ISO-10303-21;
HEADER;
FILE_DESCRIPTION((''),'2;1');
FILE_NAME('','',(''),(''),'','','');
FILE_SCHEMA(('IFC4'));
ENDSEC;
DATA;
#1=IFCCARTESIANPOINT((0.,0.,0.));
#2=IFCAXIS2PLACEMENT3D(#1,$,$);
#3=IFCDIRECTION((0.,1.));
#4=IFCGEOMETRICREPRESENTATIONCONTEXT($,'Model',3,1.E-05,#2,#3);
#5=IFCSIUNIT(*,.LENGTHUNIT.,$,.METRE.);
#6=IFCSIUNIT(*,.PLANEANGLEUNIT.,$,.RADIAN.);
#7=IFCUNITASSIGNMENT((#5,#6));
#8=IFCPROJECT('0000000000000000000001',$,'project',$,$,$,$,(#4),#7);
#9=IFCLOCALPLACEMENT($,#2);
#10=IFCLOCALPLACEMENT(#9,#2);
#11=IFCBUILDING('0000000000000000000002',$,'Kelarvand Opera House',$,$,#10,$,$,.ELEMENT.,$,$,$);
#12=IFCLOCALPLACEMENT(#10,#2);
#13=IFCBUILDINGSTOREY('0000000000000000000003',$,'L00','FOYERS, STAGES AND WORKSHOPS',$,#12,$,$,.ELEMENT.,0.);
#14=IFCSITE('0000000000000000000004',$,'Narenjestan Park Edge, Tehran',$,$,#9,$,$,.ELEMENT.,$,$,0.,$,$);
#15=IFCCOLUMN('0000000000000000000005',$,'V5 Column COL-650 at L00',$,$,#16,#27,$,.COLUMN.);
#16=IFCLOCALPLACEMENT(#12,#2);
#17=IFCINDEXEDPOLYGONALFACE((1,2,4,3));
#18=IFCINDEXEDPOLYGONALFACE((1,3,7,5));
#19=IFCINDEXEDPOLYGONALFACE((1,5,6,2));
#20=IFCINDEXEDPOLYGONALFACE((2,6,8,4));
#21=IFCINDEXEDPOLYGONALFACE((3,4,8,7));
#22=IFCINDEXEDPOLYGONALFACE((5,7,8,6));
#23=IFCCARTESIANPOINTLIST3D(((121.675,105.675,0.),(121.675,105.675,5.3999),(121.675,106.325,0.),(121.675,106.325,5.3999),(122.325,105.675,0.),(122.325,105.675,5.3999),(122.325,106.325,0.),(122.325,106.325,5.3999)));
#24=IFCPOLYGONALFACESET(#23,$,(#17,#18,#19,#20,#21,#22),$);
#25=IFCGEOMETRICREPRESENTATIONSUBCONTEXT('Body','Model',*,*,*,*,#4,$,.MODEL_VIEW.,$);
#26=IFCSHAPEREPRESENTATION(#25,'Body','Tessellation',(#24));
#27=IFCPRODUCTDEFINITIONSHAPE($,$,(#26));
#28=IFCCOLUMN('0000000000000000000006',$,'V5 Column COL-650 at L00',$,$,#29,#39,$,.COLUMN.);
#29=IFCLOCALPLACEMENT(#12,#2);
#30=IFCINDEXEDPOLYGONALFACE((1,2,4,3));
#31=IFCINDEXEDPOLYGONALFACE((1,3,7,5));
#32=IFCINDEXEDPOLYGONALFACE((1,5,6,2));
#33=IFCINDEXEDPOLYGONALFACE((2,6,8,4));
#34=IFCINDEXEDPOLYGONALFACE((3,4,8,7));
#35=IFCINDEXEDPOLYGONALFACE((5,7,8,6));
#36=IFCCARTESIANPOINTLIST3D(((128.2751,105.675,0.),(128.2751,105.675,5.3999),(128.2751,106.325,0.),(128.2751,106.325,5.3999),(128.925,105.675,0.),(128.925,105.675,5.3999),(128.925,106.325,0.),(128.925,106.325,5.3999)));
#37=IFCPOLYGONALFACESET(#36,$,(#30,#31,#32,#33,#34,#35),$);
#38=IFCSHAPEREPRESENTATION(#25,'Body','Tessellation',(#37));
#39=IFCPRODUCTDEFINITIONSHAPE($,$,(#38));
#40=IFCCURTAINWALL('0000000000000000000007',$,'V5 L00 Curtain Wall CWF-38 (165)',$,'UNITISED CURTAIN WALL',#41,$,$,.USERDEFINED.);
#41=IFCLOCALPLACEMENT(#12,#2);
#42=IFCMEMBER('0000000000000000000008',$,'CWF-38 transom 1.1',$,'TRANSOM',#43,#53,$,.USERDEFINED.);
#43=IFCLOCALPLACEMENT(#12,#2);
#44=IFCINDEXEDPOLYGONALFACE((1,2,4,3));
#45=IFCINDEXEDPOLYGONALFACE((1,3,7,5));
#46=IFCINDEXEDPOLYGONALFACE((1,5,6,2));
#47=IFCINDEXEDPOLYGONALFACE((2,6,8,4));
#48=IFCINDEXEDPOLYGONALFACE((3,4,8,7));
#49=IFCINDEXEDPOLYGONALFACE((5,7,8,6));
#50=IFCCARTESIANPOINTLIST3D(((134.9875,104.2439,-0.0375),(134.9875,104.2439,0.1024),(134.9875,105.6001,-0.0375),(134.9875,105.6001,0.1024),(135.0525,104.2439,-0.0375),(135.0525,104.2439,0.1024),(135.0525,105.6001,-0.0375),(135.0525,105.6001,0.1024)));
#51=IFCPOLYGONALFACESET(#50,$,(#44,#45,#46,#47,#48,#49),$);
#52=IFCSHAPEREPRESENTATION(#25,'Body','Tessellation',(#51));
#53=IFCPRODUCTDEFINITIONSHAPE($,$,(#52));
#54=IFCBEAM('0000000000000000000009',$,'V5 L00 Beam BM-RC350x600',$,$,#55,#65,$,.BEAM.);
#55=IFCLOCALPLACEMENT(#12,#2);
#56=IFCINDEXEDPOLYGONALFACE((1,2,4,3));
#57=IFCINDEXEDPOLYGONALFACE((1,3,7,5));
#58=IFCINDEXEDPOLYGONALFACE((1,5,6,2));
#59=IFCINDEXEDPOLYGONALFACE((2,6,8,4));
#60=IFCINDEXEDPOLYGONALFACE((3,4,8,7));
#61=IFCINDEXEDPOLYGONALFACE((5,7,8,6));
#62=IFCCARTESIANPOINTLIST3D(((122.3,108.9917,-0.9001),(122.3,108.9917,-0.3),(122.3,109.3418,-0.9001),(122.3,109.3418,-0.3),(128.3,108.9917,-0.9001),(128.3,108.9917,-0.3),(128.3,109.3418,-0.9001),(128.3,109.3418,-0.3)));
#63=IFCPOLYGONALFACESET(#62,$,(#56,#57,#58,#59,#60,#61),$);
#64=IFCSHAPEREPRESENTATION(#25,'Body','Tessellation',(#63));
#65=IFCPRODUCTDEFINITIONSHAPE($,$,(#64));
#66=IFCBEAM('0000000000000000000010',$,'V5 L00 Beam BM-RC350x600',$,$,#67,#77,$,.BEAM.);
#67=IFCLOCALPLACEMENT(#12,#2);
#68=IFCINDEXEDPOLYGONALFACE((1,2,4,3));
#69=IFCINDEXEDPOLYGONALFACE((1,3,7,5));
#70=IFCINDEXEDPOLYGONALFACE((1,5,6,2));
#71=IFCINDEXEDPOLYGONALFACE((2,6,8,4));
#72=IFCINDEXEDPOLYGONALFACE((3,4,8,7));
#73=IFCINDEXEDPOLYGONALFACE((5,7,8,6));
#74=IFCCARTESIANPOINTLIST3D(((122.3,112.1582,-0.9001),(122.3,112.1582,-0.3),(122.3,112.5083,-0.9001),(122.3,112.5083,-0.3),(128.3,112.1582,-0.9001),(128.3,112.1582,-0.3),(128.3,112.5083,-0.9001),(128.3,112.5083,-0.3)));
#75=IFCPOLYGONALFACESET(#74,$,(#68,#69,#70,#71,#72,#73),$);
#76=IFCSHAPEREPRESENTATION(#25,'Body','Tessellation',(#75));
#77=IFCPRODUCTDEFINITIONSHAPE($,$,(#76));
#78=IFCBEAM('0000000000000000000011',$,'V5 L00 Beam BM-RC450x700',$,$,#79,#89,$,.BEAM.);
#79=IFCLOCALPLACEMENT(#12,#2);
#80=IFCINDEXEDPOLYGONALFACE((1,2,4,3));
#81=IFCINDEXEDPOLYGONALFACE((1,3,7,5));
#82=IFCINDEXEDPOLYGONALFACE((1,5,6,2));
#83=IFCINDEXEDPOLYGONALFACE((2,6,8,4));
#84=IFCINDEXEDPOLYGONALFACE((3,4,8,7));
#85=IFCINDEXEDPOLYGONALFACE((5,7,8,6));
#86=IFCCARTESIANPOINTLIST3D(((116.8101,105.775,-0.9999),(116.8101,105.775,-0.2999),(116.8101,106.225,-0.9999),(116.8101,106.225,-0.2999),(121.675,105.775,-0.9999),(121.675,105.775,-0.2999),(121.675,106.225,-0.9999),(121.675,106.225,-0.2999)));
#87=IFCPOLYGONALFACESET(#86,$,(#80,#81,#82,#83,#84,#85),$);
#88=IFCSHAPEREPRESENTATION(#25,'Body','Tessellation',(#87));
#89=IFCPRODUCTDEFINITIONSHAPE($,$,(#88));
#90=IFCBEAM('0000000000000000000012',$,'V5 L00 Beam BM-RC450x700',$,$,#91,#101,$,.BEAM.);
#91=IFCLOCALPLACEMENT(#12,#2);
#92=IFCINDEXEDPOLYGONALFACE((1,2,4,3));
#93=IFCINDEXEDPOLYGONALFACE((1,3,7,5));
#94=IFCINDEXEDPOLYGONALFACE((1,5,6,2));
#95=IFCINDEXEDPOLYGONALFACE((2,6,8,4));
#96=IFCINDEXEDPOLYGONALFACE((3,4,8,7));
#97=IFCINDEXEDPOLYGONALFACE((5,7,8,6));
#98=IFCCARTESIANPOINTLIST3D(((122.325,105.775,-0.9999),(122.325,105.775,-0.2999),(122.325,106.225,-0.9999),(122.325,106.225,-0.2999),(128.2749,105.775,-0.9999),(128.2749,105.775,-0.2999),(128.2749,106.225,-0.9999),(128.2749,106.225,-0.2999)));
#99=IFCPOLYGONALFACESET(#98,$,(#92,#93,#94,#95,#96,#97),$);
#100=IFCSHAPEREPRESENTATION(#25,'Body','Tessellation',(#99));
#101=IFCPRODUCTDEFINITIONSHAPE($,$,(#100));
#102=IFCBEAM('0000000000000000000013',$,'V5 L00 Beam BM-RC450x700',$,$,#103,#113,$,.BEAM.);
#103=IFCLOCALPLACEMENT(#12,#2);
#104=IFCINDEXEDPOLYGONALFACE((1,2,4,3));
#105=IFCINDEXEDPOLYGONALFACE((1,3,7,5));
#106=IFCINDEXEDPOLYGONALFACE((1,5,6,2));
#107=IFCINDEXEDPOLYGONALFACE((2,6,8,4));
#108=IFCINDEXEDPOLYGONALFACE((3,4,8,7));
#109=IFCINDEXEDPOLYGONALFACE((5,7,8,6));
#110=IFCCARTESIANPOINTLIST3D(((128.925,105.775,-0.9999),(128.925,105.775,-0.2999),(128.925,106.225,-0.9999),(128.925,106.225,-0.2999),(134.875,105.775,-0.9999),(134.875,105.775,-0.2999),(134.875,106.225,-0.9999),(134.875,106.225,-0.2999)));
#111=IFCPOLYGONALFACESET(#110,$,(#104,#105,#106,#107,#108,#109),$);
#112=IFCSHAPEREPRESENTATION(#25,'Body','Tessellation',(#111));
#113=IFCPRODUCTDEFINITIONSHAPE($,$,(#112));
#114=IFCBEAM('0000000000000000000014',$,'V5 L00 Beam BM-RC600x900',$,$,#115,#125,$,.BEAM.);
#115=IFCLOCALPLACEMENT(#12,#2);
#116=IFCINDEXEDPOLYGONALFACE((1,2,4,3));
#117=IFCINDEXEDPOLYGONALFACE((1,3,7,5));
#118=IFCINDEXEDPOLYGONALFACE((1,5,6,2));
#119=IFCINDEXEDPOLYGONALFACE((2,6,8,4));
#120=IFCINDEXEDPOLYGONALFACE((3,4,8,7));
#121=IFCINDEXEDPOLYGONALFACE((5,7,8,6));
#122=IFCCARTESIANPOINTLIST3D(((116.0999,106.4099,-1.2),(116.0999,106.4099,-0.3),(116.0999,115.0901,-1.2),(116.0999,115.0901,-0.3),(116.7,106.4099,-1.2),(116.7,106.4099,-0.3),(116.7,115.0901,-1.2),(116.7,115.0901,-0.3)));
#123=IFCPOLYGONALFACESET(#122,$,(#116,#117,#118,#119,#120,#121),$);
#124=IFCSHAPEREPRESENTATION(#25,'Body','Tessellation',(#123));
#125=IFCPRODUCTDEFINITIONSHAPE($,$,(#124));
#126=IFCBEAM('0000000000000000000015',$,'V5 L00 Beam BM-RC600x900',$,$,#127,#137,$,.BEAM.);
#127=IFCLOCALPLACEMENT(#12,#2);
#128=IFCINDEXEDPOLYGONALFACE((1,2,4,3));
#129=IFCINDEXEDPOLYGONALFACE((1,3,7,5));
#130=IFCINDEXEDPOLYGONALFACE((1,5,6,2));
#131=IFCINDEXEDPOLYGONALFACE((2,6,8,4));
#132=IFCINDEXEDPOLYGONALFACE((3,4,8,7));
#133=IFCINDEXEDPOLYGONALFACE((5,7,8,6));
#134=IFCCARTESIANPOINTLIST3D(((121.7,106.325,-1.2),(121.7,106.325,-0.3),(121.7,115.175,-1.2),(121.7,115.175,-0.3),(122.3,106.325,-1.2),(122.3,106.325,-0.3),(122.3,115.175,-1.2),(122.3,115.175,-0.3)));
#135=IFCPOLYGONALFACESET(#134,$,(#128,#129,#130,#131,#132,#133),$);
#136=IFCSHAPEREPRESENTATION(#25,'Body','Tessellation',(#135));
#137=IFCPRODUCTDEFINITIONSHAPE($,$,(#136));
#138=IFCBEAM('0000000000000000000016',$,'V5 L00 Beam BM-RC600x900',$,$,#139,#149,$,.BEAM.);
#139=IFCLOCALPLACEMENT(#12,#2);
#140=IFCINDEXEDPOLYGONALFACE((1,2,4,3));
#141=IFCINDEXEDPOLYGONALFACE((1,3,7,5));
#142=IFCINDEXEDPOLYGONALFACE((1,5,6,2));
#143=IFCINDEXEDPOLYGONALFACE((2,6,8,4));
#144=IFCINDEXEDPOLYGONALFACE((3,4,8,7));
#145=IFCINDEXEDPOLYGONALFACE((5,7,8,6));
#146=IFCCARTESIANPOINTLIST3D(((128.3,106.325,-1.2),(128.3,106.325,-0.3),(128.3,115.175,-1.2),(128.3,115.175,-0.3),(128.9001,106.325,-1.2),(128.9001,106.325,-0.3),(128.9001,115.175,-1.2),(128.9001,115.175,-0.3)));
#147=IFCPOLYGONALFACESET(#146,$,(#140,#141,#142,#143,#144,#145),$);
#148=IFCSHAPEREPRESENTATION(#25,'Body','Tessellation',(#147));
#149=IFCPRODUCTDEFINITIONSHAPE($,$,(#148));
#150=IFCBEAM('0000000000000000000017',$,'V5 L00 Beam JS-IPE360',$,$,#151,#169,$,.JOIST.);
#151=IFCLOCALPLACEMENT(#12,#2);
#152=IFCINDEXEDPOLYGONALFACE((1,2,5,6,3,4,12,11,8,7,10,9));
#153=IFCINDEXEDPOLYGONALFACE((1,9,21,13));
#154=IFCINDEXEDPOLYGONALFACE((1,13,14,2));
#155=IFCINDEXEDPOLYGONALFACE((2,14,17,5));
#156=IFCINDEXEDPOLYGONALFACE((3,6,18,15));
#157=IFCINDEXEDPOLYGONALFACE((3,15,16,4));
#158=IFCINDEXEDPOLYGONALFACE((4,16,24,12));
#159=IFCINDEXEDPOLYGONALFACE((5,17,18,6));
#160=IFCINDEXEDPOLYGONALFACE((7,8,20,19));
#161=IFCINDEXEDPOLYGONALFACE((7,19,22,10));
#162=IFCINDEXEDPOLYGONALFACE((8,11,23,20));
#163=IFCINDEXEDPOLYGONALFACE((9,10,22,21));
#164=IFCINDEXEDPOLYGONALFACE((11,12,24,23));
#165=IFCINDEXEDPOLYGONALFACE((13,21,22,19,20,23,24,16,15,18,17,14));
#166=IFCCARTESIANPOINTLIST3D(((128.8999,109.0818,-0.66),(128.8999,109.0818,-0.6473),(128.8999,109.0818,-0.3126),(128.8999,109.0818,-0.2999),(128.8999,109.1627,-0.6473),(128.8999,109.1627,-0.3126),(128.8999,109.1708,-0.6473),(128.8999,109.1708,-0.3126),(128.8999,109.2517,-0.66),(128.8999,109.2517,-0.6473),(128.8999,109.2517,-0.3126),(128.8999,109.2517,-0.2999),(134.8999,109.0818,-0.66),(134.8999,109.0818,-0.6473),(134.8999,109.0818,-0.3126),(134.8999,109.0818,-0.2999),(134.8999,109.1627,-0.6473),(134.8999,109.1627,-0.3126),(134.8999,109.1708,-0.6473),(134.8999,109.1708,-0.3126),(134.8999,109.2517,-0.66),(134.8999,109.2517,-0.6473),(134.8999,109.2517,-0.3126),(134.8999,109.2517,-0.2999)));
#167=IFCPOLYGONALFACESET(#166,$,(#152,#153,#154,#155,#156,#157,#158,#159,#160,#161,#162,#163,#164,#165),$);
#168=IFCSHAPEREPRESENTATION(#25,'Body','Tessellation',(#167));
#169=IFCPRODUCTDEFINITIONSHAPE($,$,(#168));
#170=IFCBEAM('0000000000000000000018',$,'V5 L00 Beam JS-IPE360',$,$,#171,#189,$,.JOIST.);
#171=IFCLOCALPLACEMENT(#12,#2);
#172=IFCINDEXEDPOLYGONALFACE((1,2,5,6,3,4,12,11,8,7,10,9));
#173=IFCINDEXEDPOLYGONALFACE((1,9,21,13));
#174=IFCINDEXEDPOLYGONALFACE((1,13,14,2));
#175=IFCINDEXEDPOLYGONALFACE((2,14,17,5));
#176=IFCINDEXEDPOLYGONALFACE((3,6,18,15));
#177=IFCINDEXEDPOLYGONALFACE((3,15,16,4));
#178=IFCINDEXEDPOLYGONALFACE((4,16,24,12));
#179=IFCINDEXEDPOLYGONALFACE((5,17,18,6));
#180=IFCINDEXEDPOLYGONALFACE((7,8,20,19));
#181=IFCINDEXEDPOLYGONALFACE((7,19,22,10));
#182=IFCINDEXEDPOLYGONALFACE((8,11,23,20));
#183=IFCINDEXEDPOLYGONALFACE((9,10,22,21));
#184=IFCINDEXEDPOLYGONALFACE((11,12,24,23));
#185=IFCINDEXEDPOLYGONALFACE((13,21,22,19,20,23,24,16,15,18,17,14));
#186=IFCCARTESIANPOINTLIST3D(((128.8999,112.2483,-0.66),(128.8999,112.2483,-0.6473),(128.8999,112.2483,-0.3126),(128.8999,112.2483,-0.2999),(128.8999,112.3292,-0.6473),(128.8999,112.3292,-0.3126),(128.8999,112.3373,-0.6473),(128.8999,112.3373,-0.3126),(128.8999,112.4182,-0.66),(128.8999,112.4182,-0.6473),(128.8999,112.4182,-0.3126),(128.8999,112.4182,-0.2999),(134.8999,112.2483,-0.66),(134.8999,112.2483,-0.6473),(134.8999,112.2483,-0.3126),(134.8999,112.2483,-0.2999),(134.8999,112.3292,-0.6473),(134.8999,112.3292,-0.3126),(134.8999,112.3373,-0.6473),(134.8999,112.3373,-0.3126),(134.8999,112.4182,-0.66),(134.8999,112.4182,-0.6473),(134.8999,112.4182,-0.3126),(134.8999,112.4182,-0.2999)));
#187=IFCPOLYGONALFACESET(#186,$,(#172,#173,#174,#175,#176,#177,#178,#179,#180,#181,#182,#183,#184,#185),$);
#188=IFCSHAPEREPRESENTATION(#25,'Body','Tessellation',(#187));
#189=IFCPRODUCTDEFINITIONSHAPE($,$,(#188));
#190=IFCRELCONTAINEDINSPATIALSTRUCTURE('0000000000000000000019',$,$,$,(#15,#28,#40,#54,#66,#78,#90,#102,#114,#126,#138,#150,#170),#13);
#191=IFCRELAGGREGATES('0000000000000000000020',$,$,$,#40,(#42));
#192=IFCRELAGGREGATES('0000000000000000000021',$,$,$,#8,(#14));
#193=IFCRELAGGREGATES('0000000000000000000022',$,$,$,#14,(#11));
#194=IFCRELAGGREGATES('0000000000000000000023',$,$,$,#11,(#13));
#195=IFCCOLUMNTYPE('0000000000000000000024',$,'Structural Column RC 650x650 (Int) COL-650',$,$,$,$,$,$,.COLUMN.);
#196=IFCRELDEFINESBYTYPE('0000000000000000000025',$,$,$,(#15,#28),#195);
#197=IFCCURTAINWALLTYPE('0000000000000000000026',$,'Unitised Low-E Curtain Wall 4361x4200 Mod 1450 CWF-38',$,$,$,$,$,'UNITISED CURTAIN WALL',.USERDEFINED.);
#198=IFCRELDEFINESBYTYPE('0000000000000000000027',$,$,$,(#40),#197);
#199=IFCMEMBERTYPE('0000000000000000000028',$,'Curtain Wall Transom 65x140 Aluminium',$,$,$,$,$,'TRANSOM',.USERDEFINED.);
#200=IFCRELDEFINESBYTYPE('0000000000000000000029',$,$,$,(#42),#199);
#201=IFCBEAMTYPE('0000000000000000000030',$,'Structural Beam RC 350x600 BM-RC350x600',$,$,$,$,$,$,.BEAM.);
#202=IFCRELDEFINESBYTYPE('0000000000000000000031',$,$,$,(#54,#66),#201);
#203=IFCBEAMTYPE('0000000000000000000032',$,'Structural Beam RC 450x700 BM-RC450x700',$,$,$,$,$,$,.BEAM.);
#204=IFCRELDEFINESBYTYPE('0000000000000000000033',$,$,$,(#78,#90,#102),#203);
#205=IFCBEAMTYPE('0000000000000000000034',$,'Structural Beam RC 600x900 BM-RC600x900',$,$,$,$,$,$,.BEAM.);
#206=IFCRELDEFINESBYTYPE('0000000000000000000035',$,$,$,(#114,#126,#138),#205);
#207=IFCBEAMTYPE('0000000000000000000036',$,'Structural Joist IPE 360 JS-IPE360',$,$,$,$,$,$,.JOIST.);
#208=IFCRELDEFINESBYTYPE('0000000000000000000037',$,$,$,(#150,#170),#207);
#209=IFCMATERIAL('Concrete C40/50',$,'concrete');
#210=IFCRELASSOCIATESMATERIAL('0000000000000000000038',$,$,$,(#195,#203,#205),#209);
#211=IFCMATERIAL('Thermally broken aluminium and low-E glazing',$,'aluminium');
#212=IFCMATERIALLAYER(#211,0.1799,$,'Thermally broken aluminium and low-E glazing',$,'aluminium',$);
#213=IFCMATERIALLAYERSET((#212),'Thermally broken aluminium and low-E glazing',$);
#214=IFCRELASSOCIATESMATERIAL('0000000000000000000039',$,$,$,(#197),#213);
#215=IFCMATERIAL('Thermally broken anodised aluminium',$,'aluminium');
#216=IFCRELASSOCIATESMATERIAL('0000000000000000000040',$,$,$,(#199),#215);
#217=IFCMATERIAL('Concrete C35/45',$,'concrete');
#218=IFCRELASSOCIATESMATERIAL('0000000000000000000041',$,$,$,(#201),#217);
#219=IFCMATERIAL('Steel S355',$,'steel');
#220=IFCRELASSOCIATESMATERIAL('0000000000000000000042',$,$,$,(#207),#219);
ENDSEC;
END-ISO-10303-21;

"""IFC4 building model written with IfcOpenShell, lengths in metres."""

from ifc_helpers import new_model, si_unit, direction, frame, origin, origin_2d, place, context, subcontext, project, spatial, rectangle, i_section, extrude, material, layer, layer_set, material_profile, profile_set, type_object, element, aggregate, save


model = new_model("IFC4")

# Units and contexts
model_context = context("Model", 3, precision=1e-05, world=origin(), true_north=direction((0.0, 1.0)))
body_context = subcontext(model_context, "Body", "Model", "MODEL_VIEW")
ifc_project = project(units=[si_unit("LENGTHUNIT", "METRE"), si_unit("PLANEANGLEUNIT", "RADIAN")], contexts=[model_context])

# Site, building, storey
site_placement = place(None, origin())
site = spatial("IfcSite", under=ifc_project, at=site_placement, Name="Narenjestan Park Edge, Tehran", CompositionType="ELEMENT", RefElevation=0.0)
building_placement = place(site_placement, origin())
building = spatial("IfcBuilding", under=site, at=building_placement, Name="Kelarvand Opera House", CompositionType="ELEMENT")
storey_placement = place(building_placement, origin())
storey = spatial("IfcBuildingStorey", under=building, at=storey_placement, Name="L00", Description="FOYERS, STAGES AND WORKSHOPS", CompositionType="ELEMENT", Elevation=0.0)

# Columns
ifc_material_1 = material(Name="Concrete C40/50", Category="concrete")
ifc_material_profile_1 = material_profile(ifc_material_1, rectangle(XDim=0.6499, YDim=0.6499, at=origin_2d()), Name="RC 650x650", Category="concrete")
ifc_profile_set_1 = profile_set([ifc_material_profile_1], Name="Concrete C40/50")
column_type = type_object("IfcColumnType", Name="Structural Column RC 650x650 (Int) COL-650", PredefinedType="COLUMN", material=ifc_profile_set_1)
for number, where, z_axis, x_axis, name in (
    (1, (122.0, 106.0, 0.0), (0.0, 0.0, 1.0), (1.0, 0.0, 0.0), "V5 Column COL-650 at L00"),
    (2, (128.6001, 106.0, 0.0), (0.0, 0.0, 1.0), (1.0, 0.0, 0.0), "V5 Column COL-650 at L00"),
):
    element("IfcColumn", number, at=place(storey_placement, frame(where, z_axis=z_axis, x_axis=x_axis)), inside=storey, type_object=column_type, Name=name, PredefinedType="COLUMN", context=body_context, shape_type="SweptSolid", body=[
        extrude(rectangle(XDim=0.6499, YDim=0.6499, at=origin_2d()), origin(), (0.0, 0.0, 1.0), 5.3999),
    ])

# Curtain wall, member
ifc_material_2 = material(Name="Thermally broken aluminium and low-E glazing", Category="aluminium")
ifc_layer_1 = layer(ifc_material_2, 0.1799, Name="Thermally broken aluminium and low-E glazing", Category="aluminium")
ifc_layer_set_1 = layer_set([ifc_layer_1], Name="Thermally broken aluminium and low-E glazing")
curtain_wall_type = type_object("IfcCurtainWallType", Name="Unitised Low-E Curtain Wall 4361x4200 Mod 1450 CWF-38", ElementType="UNITISED CURTAIN WALL", PredefinedType="USERDEFINED", material=ifc_layer_set_1)
curtain_wall_placement = place(storey_placement, origin())
curtain_wall = element("IfcCurtainWall", 3, at=curtain_wall_placement, inside=storey, type_object=curtain_wall_type, Name="V5 L00 Curtain Wall CWF-38 (165)", ObjectType="UNITISED CURTAIN WALL", PredefinedType="USERDEFINED")
ifc_material_3 = material(Name="Thermally broken anodised aluminium", Category="aluminium")
ifc_material_profile_2 = material_profile(ifc_material_3, rectangle(XDim=0.0649, YDim=0.1399, at=origin_2d()), Name="ALU TRANSOM 65x140", Category="aluminium")
ifc_profile_set_2 = profile_set([ifc_material_profile_2], Name="Thermally broken anodised aluminium")
member_type = type_object("IfcMemberType", Name="Curtain Wall Transom 65x140 Aluminium", ElementType="TRANSOM", PredefinedType="USERDEFINED", material=ifc_profile_set_2)
member_placement = place(storey_placement, frame((135.02, 105.6001, 0.0325), z_axis=(0.0, -1.0, 0.0), x_axis=(1.0, 0.0, 0.0)))
member = element("IfcMember", 4, at=member_placement, type_object=member_type, Name="CWF-38 transom 1.1", ObjectType="TRANSOM", PredefinedType="USERDEFINED", context=body_context, shape_type="SweptSolid", body=[
    extrude(rectangle(XDim=0.0649, YDim=0.1399, at=origin_2d()), origin(), (0.0, 0.0, 1.0), 1.3562),
])

# Beams
ifc_material_4 = material(Name="Concrete C35/45", Category="concrete")
ifc_material_profile_3 = material_profile(ifc_material_4, rectangle(XDim=0.3501, YDim=0.6001, at=origin_2d()), Name="RC 350x600", Category="concrete")
ifc_profile_set_3 = profile_set([ifc_material_profile_3], Name="Concrete C35/45")
beam_type_1 = type_object("IfcBeamType", Name="Structural Beam RC 350x600 BM-RC350x600", PredefinedType="BEAM", material=ifc_profile_set_3)
for number, where, z_axis, x_axis, name in (
    (5, (122.3, 109.1667, -0.6001), (1.0, 0.0, 0.0), (0.0, 1.0, 0.0), "V5 L00 Beam BM-RC350x600"),
    (6, (122.3, 112.3333, -0.6001), (1.0, 0.0, 0.0), (0.0, 1.0, 0.0), "V5 L00 Beam BM-RC350x600"),
):
    element("IfcBeam", number, at=place(storey_placement, frame(where, z_axis=z_axis, x_axis=x_axis)), inside=storey, type_object=beam_type_1, Name=name, PredefinedType="BEAM", context=body_context, shape_type="SweptSolid", body=[
        extrude(rectangle(XDim=0.3501, YDim=0.6001, at=origin_2d()), origin(), (0.0, 0.0, 1.0), 6.0),
    ])
ifc_material_profile_4 = material_profile(ifc_material_1, rectangle(XDim=0.45, YDim=0.7, at=origin_2d()), Name="RC 450x700", Category="concrete")
ifc_profile_set_4 = profile_set([ifc_material_profile_4], Name="Concrete C40/50")
beam_type_2 = type_object("IfcBeamType", Name="Structural Beam RC 450x700 BM-RC450x700", PredefinedType="BEAM", material=ifc_profile_set_4)
beam_1_placement = place(storey_placement, frame((116.8101, 106.0, -0.6499), z_axis=(1.0, 0.0, 0.0), x_axis=(0.0, 1.0, 0.0)))
element("IfcBeam", 7, at=beam_1_placement, inside=storey, type_object=beam_type_2, Name="V5 L00 Beam BM-RC450x700", PredefinedType="BEAM", context=body_context, shape_type="SweptSolid", body=[
    extrude(rectangle(XDim=0.45, YDim=0.7, at=origin_2d()), origin(), (0.0, 0.0, 1.0), 4.865),
])
for number, where, z_axis, x_axis, name in (
    (8, (122.325, 106.0, -0.6499), (1.0, 0.0, 0.0), (0.0, 1.0, 0.0), "V5 L00 Beam BM-RC450x700"),
    (9, (128.925, 106.0, -0.6499), (1.0, 0.0, 0.0), (0.0, 1.0, 0.0), "V5 L00 Beam BM-RC450x700"),
):
    element("IfcBeam", number, at=place(storey_placement, frame(where, z_axis=z_axis, x_axis=x_axis)), inside=storey, type_object=beam_type_2, Name=name, PredefinedType="BEAM", context=body_context, shape_type="SweptSolid", body=[
        extrude(rectangle(XDim=0.45, YDim=0.7, at=origin_2d()), origin(), (0.0, 0.0, 1.0), 5.95),
    ])
ifc_material_profile_5 = material_profile(ifc_material_1, rectangle(XDim=0.6001, YDim=0.8999, at=origin_2d()), Name="RC 600x900", Category="concrete")
ifc_profile_set_5 = profile_set([ifc_material_profile_5], Name="Concrete C40/50")
beam_type_3 = type_object("IfcBeamType", Name="Structural Beam RC 600x900 BM-RC600x900", PredefinedType="BEAM", material=ifc_profile_set_5)
beam_2_placement = place(storey_placement, frame((116.3999, 106.4099, -0.75), z_axis=(0.0, 1.0, 0.0), x_axis=(-1.0, 0.0, 0.0)))
element("IfcBeam", 10, at=beam_2_placement, inside=storey, type_object=beam_type_3, Name="V5 L00 Beam BM-RC600x900", PredefinedType="BEAM", context=body_context, shape_type="SweptSolid", body=[
    extrude(rectangle(XDim=0.6001, YDim=0.8999, at=origin_2d()), origin(), (0.0, 0.0, 1.0), 8.6802),
])
for number, where, z_axis, x_axis, name in (
    (11, (122.0, 106.325, -0.75), (0.0, 1.0, 0.0), (-1.0, 0.0, 0.0), "V5 L00 Beam BM-RC600x900"),
    (12, (128.6001, 106.325, -0.75), (0.0, 1.0, 0.0), (-1.0, 0.0, 0.0), "V5 L00 Beam BM-RC600x900"),
):
    element("IfcBeam", number, at=place(storey_placement, frame(where, z_axis=z_axis, x_axis=x_axis)), inside=storey, type_object=beam_type_3, Name=name, PredefinedType="BEAM", context=body_context, shape_type="SweptSolid", body=[
        extrude(rectangle(XDim=0.6001, YDim=0.8999, at=origin_2d()), origin(), (0.0, 0.0, 1.0), 8.8501),
    ])
ifc_material_5 = material(Name="Steel S355", Category="steel")
ifc_material_profile_6 = material_profile(ifc_material_5, i_section(OverallWidth=0.1699, OverallDepth=0.3601, WebThickness=0.0081, FlangeThickness=0.0127, at=origin_2d()), Name="IPE 360", Category="steel")
ifc_profile_set_6 = profile_set([ifc_material_profile_6], Name="Steel S355")
beam_type_4 = type_object("IfcBeamType", Name="Structural Joist IPE 360 JS-IPE360", PredefinedType="JOIST", material=ifc_profile_set_6)
for number, where, z_axis, x_axis, name in (
    (13, (128.8999, 109.1667, -0.48), (1.0, 0.0, 0.0), (0.0, 1.0, 0.0), "V5 L00 Beam JS-IPE360"),
    (14, (128.8999, 112.3333, -0.48), (1.0, 0.0, 0.0), (0.0, 1.0, 0.0), "V5 L00 Beam JS-IPE360"),
):
    element("IfcBeam", number, at=place(storey_placement, frame(where, z_axis=z_axis, x_axis=x_axis)), inside=storey, type_object=beam_type_4, Name=name, PredefinedType="JOIST", context=body_context, shape_type="SweptSolid", body=[
        extrude(i_section(OverallWidth=0.1699, OverallDepth=0.3601, WebThickness=0.0081, FlangeThickness=0.0127, at=origin_2d()), origin(), (0.0, 0.0, 1.0), 6.0),
    ])

aggregate(curtain_wall, [member])

save(model, "model.ifc")
